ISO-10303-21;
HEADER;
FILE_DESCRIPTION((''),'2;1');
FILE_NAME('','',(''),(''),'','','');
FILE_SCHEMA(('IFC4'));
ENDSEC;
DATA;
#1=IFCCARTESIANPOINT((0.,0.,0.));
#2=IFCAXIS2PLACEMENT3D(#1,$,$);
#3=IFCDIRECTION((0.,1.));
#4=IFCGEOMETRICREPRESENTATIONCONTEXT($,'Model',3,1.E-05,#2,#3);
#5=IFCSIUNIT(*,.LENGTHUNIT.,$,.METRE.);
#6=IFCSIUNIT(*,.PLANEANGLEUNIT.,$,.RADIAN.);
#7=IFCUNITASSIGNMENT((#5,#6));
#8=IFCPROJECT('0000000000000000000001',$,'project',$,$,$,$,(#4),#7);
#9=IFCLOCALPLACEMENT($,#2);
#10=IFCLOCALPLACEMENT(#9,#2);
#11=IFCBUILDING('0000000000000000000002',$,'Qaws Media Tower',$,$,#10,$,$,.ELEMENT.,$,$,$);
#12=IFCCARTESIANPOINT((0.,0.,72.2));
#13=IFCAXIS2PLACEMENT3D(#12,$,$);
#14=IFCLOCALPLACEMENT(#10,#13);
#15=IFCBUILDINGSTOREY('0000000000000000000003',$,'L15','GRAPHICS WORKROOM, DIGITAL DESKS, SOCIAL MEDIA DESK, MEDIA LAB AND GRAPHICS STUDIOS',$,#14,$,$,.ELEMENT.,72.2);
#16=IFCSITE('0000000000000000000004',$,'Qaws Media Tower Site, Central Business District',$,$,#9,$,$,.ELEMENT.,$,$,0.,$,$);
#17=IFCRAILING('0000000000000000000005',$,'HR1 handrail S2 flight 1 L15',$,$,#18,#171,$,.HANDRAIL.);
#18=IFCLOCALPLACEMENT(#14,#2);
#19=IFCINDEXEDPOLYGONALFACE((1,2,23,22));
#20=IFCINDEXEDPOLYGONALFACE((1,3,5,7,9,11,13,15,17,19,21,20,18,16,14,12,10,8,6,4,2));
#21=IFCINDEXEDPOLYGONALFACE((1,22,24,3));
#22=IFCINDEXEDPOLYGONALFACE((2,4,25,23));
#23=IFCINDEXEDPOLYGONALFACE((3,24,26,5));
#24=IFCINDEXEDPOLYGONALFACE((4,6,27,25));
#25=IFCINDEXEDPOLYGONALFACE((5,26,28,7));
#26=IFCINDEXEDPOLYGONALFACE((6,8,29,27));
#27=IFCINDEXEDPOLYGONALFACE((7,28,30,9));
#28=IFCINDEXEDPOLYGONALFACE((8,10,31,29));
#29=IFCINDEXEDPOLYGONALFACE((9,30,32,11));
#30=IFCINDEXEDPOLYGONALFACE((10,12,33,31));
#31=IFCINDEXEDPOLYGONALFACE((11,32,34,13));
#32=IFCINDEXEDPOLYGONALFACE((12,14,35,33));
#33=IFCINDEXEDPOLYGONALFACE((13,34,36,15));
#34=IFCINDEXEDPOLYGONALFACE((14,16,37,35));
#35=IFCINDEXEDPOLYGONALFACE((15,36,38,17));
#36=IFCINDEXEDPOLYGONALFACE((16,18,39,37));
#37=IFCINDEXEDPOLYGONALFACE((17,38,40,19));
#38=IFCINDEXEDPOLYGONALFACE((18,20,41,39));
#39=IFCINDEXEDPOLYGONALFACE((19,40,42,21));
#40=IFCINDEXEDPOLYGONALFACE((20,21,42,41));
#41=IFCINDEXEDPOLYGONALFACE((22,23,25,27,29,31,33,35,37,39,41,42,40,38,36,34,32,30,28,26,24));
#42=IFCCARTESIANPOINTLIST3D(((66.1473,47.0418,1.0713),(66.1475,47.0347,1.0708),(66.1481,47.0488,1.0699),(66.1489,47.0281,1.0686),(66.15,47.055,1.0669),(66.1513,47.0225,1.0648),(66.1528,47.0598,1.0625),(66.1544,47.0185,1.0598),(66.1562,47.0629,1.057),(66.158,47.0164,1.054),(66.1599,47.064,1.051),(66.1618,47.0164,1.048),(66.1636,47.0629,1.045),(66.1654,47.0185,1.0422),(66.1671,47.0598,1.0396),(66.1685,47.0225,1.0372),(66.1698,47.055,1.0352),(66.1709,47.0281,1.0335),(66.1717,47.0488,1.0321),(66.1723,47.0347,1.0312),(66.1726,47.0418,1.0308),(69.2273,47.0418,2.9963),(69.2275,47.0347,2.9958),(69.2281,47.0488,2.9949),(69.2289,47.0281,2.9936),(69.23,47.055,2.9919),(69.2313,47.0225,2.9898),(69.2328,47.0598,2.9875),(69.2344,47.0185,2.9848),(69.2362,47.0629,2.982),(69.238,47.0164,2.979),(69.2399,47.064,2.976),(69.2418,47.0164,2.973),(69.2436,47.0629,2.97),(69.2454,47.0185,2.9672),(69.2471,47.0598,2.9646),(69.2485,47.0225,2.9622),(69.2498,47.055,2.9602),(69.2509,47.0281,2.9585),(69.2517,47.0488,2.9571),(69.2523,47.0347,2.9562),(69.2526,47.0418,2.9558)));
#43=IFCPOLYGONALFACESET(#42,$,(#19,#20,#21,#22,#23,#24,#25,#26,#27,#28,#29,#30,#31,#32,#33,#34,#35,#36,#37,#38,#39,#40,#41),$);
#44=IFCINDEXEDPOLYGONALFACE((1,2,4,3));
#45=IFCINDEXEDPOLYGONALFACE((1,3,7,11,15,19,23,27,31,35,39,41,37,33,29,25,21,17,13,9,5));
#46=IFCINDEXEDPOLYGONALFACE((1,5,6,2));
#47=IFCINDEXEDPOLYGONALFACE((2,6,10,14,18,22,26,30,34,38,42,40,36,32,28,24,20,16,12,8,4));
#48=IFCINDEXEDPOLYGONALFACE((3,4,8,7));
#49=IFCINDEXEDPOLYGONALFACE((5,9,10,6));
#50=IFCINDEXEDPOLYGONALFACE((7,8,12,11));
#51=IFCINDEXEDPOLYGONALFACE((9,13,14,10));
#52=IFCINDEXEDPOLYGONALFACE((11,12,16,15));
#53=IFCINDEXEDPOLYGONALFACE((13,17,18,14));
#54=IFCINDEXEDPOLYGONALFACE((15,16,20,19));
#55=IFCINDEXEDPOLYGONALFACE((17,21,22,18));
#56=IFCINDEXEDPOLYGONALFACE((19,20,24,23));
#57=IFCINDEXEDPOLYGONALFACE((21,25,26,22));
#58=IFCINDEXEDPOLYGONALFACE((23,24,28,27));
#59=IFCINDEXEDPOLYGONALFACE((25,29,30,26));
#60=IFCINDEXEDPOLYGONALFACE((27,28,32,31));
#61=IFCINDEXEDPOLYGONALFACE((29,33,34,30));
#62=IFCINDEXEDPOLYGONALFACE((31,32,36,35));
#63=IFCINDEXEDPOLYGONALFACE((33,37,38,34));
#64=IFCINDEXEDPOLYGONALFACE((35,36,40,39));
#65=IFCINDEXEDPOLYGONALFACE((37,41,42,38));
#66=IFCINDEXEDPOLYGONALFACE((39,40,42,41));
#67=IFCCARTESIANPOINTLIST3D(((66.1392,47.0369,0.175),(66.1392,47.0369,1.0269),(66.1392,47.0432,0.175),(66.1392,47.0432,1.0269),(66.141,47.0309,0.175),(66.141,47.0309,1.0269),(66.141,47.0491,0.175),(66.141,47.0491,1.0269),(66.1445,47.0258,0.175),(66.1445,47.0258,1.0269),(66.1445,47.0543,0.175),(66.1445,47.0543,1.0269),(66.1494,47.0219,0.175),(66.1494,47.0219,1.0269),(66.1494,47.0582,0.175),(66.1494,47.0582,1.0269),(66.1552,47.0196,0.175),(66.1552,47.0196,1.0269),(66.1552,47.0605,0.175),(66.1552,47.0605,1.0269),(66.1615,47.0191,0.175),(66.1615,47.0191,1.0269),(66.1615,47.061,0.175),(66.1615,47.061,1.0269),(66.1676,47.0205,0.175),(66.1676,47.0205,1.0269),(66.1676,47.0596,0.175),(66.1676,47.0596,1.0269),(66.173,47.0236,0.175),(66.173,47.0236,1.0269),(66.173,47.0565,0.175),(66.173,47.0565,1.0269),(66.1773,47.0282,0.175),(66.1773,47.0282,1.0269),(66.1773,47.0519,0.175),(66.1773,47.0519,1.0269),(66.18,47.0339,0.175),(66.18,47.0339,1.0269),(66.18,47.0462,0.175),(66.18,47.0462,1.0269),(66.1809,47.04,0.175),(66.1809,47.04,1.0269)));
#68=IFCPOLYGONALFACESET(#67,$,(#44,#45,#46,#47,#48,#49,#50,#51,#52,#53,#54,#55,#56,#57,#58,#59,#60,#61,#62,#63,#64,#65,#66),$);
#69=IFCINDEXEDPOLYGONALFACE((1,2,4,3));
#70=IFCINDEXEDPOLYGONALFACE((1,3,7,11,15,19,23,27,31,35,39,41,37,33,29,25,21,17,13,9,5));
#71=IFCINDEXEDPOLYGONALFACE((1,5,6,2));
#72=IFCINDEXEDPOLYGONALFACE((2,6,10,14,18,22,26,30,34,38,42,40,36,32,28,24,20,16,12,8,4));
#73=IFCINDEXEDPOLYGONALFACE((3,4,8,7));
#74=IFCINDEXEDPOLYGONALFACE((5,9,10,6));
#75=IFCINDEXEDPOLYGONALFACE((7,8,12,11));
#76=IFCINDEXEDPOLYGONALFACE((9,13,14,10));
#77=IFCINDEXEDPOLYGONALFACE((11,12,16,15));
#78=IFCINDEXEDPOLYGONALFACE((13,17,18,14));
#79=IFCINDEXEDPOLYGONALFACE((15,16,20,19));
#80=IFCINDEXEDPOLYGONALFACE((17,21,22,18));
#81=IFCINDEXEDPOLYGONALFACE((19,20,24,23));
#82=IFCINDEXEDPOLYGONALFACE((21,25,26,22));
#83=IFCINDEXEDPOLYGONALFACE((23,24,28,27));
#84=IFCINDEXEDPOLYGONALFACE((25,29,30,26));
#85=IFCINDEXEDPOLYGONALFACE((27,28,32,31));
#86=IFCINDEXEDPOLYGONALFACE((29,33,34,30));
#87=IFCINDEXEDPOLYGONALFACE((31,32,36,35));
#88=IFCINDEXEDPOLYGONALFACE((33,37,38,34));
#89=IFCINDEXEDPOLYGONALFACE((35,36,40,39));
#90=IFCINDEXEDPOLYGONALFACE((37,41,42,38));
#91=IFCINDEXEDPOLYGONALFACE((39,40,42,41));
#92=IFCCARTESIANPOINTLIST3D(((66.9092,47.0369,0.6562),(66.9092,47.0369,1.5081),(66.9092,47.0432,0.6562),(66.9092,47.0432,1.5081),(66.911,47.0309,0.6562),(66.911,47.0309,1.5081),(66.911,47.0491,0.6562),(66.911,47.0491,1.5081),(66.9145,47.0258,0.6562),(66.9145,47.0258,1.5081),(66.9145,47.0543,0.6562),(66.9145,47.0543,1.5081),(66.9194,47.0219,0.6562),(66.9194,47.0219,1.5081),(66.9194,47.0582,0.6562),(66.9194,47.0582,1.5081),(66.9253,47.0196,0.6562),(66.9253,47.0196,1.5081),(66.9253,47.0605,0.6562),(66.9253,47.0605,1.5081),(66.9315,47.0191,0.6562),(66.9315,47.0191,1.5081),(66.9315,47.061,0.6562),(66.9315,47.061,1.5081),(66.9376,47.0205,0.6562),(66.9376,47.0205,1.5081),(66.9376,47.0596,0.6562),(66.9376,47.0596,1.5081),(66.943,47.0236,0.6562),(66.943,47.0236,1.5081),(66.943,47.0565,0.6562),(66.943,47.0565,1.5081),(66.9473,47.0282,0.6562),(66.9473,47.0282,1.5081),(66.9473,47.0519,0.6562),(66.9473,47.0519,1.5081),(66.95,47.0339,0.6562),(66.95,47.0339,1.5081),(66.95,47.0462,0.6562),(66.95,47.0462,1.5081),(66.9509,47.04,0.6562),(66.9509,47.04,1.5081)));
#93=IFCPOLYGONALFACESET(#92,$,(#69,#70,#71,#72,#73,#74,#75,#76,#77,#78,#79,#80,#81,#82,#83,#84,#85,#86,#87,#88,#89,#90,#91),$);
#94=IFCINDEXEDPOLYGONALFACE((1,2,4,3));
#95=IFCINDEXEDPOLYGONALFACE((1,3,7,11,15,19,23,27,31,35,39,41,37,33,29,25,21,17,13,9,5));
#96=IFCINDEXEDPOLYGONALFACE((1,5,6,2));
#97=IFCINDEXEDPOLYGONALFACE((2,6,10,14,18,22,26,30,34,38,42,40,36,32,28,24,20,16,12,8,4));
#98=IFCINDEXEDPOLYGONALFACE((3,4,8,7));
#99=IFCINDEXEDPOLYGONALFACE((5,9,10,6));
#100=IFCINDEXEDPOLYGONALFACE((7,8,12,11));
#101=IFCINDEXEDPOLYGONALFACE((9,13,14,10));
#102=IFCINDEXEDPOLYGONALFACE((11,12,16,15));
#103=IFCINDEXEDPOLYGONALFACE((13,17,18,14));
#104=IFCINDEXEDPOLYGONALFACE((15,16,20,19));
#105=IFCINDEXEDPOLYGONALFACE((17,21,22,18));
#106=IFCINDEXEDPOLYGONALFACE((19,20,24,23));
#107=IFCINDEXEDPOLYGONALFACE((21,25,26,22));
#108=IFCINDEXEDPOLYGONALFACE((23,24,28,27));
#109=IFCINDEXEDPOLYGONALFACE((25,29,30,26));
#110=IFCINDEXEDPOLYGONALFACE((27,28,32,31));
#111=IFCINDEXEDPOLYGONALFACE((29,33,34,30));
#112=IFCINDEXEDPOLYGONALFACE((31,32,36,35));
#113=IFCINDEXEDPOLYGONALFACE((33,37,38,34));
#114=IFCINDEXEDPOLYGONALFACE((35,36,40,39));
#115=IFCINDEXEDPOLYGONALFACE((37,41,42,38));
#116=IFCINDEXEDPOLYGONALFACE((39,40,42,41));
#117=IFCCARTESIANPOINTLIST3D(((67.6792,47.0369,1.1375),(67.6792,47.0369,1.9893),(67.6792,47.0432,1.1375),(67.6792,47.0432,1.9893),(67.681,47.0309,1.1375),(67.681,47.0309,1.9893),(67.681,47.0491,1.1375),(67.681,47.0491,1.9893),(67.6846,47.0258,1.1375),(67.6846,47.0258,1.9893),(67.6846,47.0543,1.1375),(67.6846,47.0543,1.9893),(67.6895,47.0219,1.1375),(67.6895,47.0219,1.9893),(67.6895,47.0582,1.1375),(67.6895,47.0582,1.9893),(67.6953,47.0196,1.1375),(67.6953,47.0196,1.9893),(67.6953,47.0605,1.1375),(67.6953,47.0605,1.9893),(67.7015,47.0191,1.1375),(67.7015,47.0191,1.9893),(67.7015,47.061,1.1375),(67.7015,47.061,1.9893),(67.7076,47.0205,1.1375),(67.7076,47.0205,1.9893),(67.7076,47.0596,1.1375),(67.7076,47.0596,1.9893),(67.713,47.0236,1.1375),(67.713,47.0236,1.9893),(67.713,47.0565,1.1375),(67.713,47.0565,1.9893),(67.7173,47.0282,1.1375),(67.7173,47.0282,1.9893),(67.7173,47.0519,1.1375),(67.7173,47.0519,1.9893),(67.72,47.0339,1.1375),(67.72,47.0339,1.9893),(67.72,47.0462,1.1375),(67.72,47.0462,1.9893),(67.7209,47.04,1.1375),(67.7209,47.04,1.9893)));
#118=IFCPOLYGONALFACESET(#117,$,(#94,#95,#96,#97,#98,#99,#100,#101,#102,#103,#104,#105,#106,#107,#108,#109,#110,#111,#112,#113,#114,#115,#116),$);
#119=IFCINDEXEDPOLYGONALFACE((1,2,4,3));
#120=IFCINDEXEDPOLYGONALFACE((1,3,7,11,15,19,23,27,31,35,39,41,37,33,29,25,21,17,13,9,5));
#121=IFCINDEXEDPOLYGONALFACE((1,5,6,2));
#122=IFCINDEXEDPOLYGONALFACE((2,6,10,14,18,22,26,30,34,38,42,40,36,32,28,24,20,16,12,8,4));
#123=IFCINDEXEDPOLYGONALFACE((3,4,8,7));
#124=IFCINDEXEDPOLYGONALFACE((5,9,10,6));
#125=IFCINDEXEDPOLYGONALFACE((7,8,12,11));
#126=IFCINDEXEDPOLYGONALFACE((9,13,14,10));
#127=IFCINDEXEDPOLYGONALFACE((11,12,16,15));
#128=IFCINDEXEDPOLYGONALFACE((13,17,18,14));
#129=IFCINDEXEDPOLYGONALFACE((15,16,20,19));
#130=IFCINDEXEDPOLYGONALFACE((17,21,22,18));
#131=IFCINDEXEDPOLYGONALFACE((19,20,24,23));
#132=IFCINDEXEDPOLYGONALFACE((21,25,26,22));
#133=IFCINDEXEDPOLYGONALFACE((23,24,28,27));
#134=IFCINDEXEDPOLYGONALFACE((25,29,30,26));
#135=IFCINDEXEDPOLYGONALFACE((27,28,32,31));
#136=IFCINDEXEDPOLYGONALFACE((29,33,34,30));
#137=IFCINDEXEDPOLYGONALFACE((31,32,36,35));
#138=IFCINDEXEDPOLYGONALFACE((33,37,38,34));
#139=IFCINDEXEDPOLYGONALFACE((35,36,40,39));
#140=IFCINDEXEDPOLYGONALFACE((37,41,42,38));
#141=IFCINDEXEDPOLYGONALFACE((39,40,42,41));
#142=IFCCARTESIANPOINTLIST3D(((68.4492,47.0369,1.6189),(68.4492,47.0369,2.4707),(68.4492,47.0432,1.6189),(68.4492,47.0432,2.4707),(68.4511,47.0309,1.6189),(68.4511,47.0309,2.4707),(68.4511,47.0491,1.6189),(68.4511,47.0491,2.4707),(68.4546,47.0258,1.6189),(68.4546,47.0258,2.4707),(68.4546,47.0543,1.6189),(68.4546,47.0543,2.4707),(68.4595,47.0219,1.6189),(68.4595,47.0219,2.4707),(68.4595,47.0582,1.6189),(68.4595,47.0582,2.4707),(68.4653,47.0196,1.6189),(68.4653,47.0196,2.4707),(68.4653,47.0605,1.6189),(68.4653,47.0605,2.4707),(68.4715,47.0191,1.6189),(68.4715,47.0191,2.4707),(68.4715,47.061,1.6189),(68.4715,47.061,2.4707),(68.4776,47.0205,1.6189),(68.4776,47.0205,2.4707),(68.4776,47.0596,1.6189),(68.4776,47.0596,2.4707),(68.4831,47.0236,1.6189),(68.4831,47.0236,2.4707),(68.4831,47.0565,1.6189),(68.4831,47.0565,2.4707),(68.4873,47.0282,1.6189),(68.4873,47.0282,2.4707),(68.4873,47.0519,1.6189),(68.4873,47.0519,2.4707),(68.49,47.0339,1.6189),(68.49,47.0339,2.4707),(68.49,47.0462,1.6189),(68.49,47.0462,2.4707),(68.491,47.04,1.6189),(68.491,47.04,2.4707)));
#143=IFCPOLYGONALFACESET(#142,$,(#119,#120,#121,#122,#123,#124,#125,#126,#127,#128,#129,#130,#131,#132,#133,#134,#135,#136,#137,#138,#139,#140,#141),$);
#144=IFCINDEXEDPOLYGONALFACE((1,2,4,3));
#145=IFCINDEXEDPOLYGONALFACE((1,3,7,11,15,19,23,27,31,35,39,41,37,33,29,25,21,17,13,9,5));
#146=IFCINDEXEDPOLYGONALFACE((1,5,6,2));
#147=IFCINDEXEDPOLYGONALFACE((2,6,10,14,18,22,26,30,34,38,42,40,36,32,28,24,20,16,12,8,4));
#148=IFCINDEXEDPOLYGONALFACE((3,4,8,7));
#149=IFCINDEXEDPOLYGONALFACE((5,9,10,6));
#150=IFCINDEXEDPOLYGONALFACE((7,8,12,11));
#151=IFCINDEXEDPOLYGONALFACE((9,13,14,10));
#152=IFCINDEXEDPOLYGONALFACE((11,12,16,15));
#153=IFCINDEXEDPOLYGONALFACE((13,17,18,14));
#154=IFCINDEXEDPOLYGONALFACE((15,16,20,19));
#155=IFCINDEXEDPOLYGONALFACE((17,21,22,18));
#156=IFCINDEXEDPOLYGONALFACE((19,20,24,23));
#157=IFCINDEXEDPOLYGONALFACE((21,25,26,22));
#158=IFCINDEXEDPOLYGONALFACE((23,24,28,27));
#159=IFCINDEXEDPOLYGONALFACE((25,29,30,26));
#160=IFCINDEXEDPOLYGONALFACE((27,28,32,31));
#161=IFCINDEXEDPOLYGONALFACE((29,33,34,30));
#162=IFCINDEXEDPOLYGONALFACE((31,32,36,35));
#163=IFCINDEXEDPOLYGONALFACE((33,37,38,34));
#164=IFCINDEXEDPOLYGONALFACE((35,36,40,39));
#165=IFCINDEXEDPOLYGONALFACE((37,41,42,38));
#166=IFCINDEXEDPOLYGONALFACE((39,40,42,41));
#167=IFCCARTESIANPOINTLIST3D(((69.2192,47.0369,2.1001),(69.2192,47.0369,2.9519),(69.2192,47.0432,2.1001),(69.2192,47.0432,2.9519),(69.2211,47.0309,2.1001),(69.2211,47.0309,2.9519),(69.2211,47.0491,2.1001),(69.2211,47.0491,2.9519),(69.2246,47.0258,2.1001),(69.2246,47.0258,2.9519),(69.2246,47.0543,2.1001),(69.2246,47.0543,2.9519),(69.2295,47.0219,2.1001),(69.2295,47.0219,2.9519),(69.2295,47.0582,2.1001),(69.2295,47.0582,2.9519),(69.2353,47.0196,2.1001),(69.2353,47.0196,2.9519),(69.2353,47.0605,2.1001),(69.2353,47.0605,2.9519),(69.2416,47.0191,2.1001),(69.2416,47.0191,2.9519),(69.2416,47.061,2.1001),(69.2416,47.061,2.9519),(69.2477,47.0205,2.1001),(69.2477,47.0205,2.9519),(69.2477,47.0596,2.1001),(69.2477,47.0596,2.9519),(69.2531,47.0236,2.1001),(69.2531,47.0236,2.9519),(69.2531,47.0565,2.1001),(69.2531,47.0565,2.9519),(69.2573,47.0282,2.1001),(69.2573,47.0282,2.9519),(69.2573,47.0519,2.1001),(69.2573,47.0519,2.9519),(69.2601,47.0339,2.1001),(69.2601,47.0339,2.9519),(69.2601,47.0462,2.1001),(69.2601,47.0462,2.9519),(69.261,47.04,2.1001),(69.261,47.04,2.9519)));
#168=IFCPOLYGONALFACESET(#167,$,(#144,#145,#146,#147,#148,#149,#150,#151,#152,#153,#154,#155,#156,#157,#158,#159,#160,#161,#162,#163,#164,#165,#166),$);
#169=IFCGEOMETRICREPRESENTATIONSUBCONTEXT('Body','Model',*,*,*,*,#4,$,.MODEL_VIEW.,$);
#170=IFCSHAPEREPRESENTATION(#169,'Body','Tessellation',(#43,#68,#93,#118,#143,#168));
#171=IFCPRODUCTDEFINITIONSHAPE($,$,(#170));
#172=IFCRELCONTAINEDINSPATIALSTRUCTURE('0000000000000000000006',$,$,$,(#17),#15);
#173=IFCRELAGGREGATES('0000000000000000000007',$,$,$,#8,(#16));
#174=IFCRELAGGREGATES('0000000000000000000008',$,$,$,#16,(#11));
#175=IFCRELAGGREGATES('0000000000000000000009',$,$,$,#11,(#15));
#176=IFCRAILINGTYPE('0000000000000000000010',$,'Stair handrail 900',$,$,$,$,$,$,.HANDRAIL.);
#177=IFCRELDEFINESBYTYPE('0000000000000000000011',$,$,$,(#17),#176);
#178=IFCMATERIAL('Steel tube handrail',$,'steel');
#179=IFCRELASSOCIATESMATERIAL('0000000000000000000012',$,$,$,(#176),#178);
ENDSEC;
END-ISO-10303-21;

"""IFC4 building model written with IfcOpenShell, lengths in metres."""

from ifc_helpers import new_model, si_unit, direction, frame, origin, origin_2d, place, context, subcontext, project, spatial, circle, extrude, material, type_object, element, save


model = new_model("IFC4")

# Units and contexts
model_context = context("Model", 3, precision=1e-05, world=origin(), true_north=direction((0.0, 1.0)))
body_context = subcontext(model_context, "Body", "Model", "MODEL_VIEW")
ifc_project = project(units=[si_unit("LENGTHUNIT", "METRE"), si_unit("PLANEANGLEUNIT", "RADIAN")], contexts=[model_context])

# Site, building, storey
site_placement = place(None, origin())
site = spatial("IfcSite", under=ifc_project, at=site_placement, Name="Qaws Media Tower Site, Central Business District", CompositionType="ELEMENT", RefElevation=0.0)
building_placement = place(site_placement, origin())
building = spatial("IfcBuilding", under=site, at=building_placement, Name="Qaws Media Tower", CompositionType="ELEMENT")
storey_placement = place(building_placement, frame((0.0, 0.0, 72.2)))
storey = spatial("IfcBuildingStorey", under=building, at=storey_placement, Name="L15", Description="GRAPHICS WORKROOM, DIGITAL DESKS, SOCIAL MEDIA DESK, MEDIA LAB AND GRAPHICS STUDIOS", CompositionType="ELEMENT", Elevation=72.2)

# Railing
ifc_material_1 = material(Name="Steel tube handrail", Category="steel")
railing_type = type_object("IfcRailingType", Name="Stair handrail 900", PredefinedType="HANDRAIL", material=ifc_material_1)
for number, where, name in (
    (1, (66.1599, 47.04, 0.175), "HR1 handrail S2 flight 1 L15"),
):
    element("IfcRailing", number, at=place(storey_placement, frame(where)), inside=storey, type_object=railing_type, Name=name, PredefinedType="HANDRAIL", context=body_context, shape_type="SweptSolid", body=[
        extrude(circle(Radius=0.0239, at=origin_2d()), frame((0.0, 0.0, 0.876), z_axis=(0.847998, 0.0, 0.529999), x_axis=(0.0, 1.0, 0.0)), (0.0, 0.0, 1.0), 3.6321),
        extrude(circle(Radius=0.021, at=origin_2d()), origin(), (0.0, 0.0, 1.0), 0.8518),
        extrude(circle(Radius=0.021, at=origin_2d()), frame((0.77, 0.0, 0.4812)), (0.0, 0.0, 1.0), 0.8518),
        extrude(circle(Radius=0.021, at=origin_2d()), frame((1.54, 0.0, 0.9624)), (0.0, 0.0, 1.0), 0.8518),
        extrude(circle(Radius=0.021, at=origin_2d()), frame((2.3101, 0.0, 1.4438)), (0.0, 0.0, 1.0), 0.8518),
        extrude(circle(Radius=0.021, at=origin_2d()), frame((3.0801, 0.0, 1.925)), (0.0, 0.0, 1.0), 0.8518),
    ])

save(model, "model.ifc")
